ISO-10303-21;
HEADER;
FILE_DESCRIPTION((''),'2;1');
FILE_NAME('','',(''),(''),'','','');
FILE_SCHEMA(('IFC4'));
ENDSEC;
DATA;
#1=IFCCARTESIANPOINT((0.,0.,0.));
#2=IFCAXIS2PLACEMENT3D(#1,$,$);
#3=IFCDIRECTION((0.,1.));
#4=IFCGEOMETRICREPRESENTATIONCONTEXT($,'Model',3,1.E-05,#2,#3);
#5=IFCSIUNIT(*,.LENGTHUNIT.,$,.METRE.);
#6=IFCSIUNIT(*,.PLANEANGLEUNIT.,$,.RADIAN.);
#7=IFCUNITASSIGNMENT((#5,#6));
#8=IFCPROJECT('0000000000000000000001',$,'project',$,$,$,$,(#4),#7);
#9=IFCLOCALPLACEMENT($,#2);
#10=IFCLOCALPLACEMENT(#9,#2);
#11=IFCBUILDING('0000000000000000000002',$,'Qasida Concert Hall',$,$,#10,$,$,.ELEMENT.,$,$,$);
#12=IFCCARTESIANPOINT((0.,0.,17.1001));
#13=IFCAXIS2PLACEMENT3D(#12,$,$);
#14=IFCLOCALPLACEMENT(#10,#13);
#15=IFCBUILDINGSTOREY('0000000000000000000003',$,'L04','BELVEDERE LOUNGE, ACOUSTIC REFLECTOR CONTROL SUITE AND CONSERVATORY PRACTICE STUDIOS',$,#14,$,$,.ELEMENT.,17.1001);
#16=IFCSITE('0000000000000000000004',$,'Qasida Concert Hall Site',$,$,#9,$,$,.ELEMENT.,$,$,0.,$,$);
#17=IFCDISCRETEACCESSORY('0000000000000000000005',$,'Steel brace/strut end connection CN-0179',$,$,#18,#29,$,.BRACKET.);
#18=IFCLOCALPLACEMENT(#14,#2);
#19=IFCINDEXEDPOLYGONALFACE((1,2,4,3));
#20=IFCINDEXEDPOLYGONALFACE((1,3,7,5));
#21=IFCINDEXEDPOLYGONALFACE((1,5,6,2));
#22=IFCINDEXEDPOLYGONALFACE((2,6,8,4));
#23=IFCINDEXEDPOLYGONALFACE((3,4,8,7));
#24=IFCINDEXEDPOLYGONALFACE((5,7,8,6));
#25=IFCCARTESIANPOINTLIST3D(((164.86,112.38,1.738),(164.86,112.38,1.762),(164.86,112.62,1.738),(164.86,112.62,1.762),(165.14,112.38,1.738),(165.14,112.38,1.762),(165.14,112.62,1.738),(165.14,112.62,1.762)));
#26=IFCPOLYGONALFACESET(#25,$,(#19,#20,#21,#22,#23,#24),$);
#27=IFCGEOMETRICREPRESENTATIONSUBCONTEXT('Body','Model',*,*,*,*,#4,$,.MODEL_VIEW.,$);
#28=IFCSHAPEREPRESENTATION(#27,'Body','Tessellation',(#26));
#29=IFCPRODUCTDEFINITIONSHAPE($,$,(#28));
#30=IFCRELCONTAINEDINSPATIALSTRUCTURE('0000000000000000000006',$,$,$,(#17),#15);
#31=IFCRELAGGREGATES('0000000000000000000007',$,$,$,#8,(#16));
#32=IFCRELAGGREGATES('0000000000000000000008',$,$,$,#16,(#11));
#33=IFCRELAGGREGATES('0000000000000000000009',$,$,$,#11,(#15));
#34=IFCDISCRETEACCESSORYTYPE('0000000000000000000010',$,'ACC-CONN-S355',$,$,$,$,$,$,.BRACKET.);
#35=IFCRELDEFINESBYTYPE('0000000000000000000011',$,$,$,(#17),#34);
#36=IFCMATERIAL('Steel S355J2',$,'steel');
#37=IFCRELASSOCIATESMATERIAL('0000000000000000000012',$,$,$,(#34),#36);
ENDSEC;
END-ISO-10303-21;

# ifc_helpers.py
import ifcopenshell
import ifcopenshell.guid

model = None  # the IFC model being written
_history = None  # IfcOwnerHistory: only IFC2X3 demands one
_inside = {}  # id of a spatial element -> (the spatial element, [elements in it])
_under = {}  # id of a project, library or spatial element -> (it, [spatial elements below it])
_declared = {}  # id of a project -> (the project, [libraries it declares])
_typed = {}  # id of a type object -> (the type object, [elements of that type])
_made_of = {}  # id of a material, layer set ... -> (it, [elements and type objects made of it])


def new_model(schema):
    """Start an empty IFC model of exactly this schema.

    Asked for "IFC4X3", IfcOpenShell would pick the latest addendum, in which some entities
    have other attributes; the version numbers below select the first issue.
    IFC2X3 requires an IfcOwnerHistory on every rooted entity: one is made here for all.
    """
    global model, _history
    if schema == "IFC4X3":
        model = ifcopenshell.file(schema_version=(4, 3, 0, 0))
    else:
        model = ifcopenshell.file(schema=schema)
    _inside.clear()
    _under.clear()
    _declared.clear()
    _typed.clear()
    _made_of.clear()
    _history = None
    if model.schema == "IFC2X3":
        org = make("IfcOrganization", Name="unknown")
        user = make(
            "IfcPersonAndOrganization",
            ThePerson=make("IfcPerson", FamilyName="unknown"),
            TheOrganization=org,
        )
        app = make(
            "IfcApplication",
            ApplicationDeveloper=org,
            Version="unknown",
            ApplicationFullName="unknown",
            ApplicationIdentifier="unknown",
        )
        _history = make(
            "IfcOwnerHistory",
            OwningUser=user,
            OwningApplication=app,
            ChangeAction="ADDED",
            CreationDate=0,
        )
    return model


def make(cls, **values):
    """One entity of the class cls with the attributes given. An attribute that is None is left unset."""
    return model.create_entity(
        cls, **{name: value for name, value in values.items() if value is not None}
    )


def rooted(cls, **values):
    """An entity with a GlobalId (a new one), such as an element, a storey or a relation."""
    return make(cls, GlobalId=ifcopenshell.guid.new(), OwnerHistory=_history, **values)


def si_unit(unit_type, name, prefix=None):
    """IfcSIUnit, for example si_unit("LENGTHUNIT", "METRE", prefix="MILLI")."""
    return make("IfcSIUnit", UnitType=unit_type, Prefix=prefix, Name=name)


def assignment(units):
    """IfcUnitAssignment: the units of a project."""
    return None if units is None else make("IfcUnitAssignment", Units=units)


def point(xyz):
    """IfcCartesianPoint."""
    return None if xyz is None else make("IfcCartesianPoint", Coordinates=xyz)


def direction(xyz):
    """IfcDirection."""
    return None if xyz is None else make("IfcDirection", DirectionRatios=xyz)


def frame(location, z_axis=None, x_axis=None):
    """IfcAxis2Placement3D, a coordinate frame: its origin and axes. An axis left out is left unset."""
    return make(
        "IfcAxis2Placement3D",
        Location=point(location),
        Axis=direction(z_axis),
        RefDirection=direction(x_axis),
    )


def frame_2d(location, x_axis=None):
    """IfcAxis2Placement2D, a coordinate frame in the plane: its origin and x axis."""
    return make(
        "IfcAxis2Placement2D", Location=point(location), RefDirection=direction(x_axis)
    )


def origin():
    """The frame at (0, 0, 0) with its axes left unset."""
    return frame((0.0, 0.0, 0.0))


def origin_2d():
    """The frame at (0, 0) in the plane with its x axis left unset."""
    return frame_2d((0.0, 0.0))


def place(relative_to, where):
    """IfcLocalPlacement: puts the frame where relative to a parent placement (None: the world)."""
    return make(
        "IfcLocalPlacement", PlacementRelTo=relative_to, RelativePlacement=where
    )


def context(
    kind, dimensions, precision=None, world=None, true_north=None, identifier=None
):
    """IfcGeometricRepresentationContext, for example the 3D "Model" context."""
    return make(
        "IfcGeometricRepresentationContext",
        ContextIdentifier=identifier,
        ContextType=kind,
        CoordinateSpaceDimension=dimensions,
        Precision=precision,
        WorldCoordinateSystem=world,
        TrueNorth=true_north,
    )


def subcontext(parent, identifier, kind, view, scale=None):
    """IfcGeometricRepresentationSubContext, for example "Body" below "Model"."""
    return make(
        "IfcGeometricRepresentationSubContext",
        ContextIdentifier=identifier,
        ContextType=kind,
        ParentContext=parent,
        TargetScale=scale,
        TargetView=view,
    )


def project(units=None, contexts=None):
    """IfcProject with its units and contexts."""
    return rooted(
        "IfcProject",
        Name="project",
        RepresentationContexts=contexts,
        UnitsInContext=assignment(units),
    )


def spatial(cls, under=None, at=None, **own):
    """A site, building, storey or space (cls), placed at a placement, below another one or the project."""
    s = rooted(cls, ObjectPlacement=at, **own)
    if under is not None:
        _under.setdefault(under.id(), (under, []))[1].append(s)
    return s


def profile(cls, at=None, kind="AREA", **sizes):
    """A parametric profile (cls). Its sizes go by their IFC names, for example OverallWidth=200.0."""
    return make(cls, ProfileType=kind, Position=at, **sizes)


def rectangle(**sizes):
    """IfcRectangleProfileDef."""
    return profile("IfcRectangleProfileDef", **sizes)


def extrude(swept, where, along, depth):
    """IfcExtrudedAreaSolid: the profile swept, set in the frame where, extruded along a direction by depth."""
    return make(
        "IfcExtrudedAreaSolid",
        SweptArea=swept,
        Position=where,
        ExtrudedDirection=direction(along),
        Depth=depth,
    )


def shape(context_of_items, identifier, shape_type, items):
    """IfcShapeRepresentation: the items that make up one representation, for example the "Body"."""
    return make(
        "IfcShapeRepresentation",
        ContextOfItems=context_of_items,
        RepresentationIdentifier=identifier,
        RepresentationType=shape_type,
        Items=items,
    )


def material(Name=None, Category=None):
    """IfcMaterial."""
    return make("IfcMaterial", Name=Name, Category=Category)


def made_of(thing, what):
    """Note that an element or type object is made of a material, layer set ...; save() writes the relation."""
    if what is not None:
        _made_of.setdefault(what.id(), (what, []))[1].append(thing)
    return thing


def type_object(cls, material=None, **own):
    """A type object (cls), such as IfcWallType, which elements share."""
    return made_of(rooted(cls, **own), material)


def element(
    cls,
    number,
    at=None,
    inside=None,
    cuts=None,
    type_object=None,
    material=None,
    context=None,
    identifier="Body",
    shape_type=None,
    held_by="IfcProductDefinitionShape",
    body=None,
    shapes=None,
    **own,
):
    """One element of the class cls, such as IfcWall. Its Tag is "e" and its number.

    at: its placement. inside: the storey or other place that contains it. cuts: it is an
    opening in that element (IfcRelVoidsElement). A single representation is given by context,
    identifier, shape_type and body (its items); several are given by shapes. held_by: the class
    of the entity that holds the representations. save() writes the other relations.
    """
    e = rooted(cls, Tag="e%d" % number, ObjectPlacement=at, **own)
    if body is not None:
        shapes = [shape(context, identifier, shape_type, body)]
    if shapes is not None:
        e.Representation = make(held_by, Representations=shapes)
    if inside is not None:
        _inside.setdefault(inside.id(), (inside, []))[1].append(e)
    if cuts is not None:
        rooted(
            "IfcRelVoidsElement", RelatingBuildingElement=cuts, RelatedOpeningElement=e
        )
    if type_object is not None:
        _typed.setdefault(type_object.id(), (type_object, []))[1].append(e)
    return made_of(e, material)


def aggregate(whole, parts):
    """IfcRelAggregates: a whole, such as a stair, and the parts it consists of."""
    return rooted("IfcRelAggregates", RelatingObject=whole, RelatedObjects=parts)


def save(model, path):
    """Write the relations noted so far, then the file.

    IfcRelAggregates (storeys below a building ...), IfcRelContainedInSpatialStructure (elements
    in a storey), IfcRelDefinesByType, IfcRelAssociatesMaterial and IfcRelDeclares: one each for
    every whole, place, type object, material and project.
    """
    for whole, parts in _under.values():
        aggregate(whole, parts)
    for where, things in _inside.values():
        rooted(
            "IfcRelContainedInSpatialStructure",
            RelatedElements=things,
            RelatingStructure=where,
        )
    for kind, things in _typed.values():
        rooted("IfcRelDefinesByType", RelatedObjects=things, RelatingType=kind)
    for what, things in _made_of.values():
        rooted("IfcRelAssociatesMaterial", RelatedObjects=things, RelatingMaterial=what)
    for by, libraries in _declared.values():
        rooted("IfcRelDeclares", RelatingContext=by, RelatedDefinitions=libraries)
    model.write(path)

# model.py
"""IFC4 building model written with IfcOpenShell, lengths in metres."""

from ifc_helpers import new_model, si_unit, direction, frame, origin, origin_2d, place, context, subcontext, project, spatial, rectangle, extrude, material, type_object, element, save


model = new_model("IFC4")

# Units and contexts
model_context = context("Model", 3, precision=1e-05, world=origin(), true_north=direction((0.0, 1.0)))
body_context = subcontext(model_context, "Body", "Model", "MODEL_VIEW")
ifc_project = project(units=[si_unit("LENGTHUNIT", "METRE"), si_unit("PLANEANGLEUNIT", "RADIAN")], contexts=[model_context])

# Site, building, storey
site_placement = place(None, origin())
site = spatial("IfcSite", under=ifc_project, at=site_placement, Name="Qasida Concert Hall Site", CompositionType="ELEMENT", RefElevation=0.0)
building_placement = place(site_placement, origin())
building = spatial("IfcBuilding", under=site, at=building_placement, Name="Qasida Concert Hall", CompositionType="ELEMENT")
storey_placement = place(building_placement, frame((0.0, 0.0, 17.1001)))
storey = spatial("IfcBuildingStorey", under=building, at=storey_placement, Name="L04", Description="BELVEDERE LOUNGE, ACOUSTIC REFLECTOR CONTROL SUITE AND CONSERVATORY PRACTICE STUDIOS", CompositionType="ELEMENT", Elevation=17.1001)

# Shared definitions
ifc_material_1 = material(Name="Steel S355J2", Category="steel")

# Discrete accessory
discrete_accessory_type = type_object("IfcDiscreteAccessoryType", Name="ACC-CONN-S355", PredefinedType="BRACKET", material=ifc_material_1)
for number, where, z_axis, x_axis, name in (
    (1, (165.0, 112.5, 1.738), (0.0, 0.0, 1.0), (1.0, 0.0, 0.0), "Steel brace/strut end connection CN-0179"),
):
    element("IfcDiscreteAccessory", number, at=place(storey_placement, frame(where, z_axis=z_axis, x_axis=x_axis)), inside=storey, type_object=discrete_accessory_type, Name=name, PredefinedType="BRACKET", context=body_context, shape_type="SweptSolid", body=[
        extrude(rectangle(XDim=0.28, YDim=0.24, at=origin_2d()), origin(), (0.0, 0.0, 1.0), 0.0239),
    ])

save(model, "model.ifc")
